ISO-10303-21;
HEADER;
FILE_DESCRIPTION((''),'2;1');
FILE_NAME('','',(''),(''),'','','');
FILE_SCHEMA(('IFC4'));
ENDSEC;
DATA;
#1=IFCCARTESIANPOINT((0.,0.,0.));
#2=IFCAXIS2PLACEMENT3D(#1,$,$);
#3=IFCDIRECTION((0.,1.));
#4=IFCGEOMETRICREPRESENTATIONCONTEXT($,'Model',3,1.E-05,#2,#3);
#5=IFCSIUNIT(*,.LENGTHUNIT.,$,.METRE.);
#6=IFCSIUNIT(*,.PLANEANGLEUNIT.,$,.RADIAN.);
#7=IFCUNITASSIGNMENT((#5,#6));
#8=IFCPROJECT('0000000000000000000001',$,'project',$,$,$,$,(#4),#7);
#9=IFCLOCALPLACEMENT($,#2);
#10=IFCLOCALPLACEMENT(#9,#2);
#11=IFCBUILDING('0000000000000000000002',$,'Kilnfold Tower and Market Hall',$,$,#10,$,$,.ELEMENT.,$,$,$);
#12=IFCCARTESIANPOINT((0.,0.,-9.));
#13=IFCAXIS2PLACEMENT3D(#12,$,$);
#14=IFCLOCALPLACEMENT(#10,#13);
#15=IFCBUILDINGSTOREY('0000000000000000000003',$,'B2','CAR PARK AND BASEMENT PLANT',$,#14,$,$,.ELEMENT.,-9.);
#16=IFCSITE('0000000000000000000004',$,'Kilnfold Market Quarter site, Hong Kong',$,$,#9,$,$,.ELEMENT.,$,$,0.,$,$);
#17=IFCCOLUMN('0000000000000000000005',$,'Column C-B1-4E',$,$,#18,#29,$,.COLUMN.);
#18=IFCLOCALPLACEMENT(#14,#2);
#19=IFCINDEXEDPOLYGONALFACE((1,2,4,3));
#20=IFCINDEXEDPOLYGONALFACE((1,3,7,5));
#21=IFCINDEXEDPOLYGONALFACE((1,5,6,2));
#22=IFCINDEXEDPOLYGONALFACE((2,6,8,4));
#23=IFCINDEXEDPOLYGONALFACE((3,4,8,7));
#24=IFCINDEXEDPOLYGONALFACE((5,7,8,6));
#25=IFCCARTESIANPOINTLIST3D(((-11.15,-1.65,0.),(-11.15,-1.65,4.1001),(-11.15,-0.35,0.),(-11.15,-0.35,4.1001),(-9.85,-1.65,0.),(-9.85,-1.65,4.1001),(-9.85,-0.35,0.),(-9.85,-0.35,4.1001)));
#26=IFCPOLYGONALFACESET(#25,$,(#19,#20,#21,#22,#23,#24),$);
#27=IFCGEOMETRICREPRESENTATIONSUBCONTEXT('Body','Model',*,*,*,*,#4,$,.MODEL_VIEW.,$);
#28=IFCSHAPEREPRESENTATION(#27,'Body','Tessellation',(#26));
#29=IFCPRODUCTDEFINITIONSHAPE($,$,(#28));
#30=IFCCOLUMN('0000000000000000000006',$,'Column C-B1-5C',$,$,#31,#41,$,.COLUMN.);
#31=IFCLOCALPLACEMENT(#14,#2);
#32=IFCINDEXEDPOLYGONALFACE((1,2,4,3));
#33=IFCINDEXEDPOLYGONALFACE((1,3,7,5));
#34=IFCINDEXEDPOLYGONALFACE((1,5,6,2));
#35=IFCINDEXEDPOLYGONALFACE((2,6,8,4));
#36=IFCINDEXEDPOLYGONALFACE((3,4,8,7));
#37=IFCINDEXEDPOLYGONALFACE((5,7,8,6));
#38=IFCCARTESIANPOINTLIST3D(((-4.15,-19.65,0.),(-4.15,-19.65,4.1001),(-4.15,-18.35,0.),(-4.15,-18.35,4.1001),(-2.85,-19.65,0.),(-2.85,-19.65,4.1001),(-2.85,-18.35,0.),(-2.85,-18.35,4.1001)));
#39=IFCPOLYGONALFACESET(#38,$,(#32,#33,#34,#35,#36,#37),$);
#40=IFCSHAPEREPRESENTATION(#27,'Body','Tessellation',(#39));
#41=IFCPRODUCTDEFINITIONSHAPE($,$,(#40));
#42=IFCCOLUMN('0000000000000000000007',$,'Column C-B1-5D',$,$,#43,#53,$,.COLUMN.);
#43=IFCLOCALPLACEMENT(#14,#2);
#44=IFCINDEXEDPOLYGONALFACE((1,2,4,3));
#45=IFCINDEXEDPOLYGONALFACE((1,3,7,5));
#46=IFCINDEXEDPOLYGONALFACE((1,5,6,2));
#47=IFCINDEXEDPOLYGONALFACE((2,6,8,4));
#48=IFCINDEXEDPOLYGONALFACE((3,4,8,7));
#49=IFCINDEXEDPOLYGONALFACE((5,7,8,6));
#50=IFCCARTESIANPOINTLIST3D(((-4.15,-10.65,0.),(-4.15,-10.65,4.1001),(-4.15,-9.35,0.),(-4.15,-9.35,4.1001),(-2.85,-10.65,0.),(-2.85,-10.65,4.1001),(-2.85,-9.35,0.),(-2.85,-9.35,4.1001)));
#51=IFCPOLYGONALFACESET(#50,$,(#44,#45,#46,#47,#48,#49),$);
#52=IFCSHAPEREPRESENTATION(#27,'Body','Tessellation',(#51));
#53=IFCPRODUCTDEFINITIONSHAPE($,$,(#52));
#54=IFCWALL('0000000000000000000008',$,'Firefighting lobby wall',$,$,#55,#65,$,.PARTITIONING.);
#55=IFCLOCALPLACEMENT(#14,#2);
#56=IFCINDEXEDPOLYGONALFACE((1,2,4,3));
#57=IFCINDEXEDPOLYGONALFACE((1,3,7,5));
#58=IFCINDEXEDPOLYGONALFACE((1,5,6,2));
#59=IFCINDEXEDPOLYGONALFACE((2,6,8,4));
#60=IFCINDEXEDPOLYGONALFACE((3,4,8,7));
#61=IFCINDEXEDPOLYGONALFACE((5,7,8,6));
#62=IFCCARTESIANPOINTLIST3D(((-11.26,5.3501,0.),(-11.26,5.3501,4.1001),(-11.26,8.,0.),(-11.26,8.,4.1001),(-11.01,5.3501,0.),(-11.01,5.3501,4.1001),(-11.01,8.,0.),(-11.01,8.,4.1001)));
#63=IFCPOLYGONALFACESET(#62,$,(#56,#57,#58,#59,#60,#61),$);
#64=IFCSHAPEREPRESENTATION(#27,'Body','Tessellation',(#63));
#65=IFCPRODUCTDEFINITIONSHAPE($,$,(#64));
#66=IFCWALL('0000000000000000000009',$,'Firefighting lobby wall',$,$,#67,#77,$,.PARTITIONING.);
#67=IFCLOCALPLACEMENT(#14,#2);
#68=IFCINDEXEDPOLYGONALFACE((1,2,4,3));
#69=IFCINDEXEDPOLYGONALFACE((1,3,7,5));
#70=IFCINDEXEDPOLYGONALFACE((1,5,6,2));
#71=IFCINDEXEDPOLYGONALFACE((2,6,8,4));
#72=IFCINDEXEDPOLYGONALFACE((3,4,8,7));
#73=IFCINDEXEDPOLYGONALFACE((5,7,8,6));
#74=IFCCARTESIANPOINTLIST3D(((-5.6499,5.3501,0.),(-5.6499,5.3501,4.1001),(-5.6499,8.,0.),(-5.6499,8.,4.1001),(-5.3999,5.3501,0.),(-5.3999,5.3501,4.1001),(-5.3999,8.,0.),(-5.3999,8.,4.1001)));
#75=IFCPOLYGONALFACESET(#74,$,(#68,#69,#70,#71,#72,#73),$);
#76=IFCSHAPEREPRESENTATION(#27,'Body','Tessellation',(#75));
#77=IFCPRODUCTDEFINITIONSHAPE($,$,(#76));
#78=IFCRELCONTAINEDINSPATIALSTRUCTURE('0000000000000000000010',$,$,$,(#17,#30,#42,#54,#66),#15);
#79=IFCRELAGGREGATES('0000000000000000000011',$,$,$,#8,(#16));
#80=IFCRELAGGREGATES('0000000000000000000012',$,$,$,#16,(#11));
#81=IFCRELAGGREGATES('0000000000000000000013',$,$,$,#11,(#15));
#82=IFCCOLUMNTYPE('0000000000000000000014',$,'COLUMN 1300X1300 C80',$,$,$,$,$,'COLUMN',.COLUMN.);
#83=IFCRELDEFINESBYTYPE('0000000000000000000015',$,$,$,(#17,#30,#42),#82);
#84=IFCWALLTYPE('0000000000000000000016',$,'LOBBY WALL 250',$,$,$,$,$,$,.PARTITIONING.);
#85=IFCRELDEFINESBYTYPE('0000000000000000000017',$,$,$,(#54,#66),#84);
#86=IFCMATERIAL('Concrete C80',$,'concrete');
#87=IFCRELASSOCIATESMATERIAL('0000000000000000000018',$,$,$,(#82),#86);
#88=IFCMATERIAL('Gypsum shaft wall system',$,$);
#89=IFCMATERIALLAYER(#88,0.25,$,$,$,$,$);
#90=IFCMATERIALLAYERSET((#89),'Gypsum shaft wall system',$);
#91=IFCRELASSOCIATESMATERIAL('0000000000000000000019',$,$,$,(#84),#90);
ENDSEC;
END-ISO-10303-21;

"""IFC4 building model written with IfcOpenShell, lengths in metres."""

from ifc_helpers import new_model, si_unit, direction, frame, frame_2d, origin, origin_2d, place, context, subcontext, project, spatial, rectangle, extrude, source, transform, mapped, material, layer, layer_set, material_profile, profile_set, type_object, element, save


model = new_model("IFC4")

# Units and contexts
model_context = context("Model", 3, precision=1e-05, world=origin(), true_north=direction((0.0, 1.0)))
body_context = subcontext(model_context, "Body", "Model", "MODEL_VIEW")
ifc_project = project(units=[si_unit("LENGTHUNIT", "METRE"), si_unit("PLANEANGLEUNIT", "RADIAN")], contexts=[model_context])

# Site, building, storey
site_placement = place(None, origin())
site = spatial("IfcSite", under=ifc_project, at=site_placement, Name="Kilnfold Market Quarter site, Hong Kong", CompositionType="ELEMENT", RefElevation=0.0)
building_placement = place(site_placement, origin())
building = spatial("IfcBuilding", under=site, at=building_placement, Name="Kilnfold Tower and Market Hall", CompositionType="ELEMENT")
storey_placement = place(building_placement, frame((0.0, 0.0, -9.0)))
storey = spatial("IfcBuildingStorey", under=building, at=storey_placement, Name="B2", Description="CAR PARK AND BASEMENT PLANT", CompositionType="ELEMENT", Elevation=-9.0)

# Columns
ifc_material_1 = material(Name="Concrete C80", Category="concrete")
ifc_material_profile_1 = material_profile(ifc_material_1, rectangle(XDim=1.3, YDim=1.3, at=origin_2d()), Name="RC 1300x1300")
ifc_profile_set_1 = profile_set([ifc_material_profile_1], Name="Concrete C80")
column_type = type_object("IfcColumnType", Name="COLUMN 1300X1300 C80", ElementType="COLUMN", PredefinedType="COLUMN", material=ifc_profile_set_1)
shared_shape_1 = source(origin(), body_context, "Body", "SweptSolid", [
    extrude(rectangle(XDim=1.3, YDim=1.3, at=origin_2d()), origin(), (0.0, 0.0, 1.0), 4.1001),
])
for number, where, z_axis, x_axis, name in (
    (1, (-10.5, -1.0, 0.0), (0.0, 0.0, 1.0), (1.0, 0.0, 0.0), "Column C-B1-4E"),
    (2, (-3.5, -19.0, 0.0), (0.0, 0.0, 1.0), (1.0, 0.0, 0.0), "Column C-B1-5C"),
    (3, (-3.5, -10.0, 0.0), (0.0, 0.0, 1.0), (1.0, 0.0, 0.0), "Column C-B1-5D"),
):
    element("IfcColumn", number, at=place(storey_placement, frame(where, z_axis=z_axis, x_axis=x_axis)), inside=storey, type_object=column_type, Name=name, PredefinedType="COLUMN", context=body_context, shape_type="MappedRepresentation", body=[
        mapped(shared_shape_1, transform((0.0, 0.0, 0.0))),
    ])

# Walls
ifc_material_2 = material(Name="Gypsum shaft wall system")
ifc_layer_1 = layer(ifc_material_2, 0.25)
ifc_layer_set_1 = layer_set([ifc_layer_1], Name="Gypsum shaft wall system")
wall_type = type_object("IfcWallType", Name="LOBBY WALL 250", PredefinedType="PARTITIONING", material=ifc_layer_set_1)
shared_shape_2 = source(origin(), body_context, "Body", "SweptSolid", [
    extrude(rectangle(XDim=2.6499, YDim=0.25, at=frame_2d((1.325, 0.0))), origin(), (0.0, 0.0, 1.0), 4.1001),
])
for number, where, z_axis, x_axis, name in (
    (4, (-11.135, 5.3501, 0.0), (0.0, 0.0, 1.0), (0.0, 1.0, 0.0), "Firefighting lobby wall"),
    (5, (-5.5249, 5.3501, 0.0), (0.0, 0.0, 1.0), (0.0, 1.0, 0.0), "Firefighting lobby wall"),
):
    element("IfcWall", number, at=place(storey_placement, frame(where, z_axis=z_axis, x_axis=x_axis)), inside=storey, type_object=wall_type, Name=name, PredefinedType="PARTITIONING", context=body_context, shape_type="MappedRepresentation", body=[
        mapped(shared_shape_2, transform((0.0, 0.0, 0.0))),
    ])

save(model, "model.ifc")
